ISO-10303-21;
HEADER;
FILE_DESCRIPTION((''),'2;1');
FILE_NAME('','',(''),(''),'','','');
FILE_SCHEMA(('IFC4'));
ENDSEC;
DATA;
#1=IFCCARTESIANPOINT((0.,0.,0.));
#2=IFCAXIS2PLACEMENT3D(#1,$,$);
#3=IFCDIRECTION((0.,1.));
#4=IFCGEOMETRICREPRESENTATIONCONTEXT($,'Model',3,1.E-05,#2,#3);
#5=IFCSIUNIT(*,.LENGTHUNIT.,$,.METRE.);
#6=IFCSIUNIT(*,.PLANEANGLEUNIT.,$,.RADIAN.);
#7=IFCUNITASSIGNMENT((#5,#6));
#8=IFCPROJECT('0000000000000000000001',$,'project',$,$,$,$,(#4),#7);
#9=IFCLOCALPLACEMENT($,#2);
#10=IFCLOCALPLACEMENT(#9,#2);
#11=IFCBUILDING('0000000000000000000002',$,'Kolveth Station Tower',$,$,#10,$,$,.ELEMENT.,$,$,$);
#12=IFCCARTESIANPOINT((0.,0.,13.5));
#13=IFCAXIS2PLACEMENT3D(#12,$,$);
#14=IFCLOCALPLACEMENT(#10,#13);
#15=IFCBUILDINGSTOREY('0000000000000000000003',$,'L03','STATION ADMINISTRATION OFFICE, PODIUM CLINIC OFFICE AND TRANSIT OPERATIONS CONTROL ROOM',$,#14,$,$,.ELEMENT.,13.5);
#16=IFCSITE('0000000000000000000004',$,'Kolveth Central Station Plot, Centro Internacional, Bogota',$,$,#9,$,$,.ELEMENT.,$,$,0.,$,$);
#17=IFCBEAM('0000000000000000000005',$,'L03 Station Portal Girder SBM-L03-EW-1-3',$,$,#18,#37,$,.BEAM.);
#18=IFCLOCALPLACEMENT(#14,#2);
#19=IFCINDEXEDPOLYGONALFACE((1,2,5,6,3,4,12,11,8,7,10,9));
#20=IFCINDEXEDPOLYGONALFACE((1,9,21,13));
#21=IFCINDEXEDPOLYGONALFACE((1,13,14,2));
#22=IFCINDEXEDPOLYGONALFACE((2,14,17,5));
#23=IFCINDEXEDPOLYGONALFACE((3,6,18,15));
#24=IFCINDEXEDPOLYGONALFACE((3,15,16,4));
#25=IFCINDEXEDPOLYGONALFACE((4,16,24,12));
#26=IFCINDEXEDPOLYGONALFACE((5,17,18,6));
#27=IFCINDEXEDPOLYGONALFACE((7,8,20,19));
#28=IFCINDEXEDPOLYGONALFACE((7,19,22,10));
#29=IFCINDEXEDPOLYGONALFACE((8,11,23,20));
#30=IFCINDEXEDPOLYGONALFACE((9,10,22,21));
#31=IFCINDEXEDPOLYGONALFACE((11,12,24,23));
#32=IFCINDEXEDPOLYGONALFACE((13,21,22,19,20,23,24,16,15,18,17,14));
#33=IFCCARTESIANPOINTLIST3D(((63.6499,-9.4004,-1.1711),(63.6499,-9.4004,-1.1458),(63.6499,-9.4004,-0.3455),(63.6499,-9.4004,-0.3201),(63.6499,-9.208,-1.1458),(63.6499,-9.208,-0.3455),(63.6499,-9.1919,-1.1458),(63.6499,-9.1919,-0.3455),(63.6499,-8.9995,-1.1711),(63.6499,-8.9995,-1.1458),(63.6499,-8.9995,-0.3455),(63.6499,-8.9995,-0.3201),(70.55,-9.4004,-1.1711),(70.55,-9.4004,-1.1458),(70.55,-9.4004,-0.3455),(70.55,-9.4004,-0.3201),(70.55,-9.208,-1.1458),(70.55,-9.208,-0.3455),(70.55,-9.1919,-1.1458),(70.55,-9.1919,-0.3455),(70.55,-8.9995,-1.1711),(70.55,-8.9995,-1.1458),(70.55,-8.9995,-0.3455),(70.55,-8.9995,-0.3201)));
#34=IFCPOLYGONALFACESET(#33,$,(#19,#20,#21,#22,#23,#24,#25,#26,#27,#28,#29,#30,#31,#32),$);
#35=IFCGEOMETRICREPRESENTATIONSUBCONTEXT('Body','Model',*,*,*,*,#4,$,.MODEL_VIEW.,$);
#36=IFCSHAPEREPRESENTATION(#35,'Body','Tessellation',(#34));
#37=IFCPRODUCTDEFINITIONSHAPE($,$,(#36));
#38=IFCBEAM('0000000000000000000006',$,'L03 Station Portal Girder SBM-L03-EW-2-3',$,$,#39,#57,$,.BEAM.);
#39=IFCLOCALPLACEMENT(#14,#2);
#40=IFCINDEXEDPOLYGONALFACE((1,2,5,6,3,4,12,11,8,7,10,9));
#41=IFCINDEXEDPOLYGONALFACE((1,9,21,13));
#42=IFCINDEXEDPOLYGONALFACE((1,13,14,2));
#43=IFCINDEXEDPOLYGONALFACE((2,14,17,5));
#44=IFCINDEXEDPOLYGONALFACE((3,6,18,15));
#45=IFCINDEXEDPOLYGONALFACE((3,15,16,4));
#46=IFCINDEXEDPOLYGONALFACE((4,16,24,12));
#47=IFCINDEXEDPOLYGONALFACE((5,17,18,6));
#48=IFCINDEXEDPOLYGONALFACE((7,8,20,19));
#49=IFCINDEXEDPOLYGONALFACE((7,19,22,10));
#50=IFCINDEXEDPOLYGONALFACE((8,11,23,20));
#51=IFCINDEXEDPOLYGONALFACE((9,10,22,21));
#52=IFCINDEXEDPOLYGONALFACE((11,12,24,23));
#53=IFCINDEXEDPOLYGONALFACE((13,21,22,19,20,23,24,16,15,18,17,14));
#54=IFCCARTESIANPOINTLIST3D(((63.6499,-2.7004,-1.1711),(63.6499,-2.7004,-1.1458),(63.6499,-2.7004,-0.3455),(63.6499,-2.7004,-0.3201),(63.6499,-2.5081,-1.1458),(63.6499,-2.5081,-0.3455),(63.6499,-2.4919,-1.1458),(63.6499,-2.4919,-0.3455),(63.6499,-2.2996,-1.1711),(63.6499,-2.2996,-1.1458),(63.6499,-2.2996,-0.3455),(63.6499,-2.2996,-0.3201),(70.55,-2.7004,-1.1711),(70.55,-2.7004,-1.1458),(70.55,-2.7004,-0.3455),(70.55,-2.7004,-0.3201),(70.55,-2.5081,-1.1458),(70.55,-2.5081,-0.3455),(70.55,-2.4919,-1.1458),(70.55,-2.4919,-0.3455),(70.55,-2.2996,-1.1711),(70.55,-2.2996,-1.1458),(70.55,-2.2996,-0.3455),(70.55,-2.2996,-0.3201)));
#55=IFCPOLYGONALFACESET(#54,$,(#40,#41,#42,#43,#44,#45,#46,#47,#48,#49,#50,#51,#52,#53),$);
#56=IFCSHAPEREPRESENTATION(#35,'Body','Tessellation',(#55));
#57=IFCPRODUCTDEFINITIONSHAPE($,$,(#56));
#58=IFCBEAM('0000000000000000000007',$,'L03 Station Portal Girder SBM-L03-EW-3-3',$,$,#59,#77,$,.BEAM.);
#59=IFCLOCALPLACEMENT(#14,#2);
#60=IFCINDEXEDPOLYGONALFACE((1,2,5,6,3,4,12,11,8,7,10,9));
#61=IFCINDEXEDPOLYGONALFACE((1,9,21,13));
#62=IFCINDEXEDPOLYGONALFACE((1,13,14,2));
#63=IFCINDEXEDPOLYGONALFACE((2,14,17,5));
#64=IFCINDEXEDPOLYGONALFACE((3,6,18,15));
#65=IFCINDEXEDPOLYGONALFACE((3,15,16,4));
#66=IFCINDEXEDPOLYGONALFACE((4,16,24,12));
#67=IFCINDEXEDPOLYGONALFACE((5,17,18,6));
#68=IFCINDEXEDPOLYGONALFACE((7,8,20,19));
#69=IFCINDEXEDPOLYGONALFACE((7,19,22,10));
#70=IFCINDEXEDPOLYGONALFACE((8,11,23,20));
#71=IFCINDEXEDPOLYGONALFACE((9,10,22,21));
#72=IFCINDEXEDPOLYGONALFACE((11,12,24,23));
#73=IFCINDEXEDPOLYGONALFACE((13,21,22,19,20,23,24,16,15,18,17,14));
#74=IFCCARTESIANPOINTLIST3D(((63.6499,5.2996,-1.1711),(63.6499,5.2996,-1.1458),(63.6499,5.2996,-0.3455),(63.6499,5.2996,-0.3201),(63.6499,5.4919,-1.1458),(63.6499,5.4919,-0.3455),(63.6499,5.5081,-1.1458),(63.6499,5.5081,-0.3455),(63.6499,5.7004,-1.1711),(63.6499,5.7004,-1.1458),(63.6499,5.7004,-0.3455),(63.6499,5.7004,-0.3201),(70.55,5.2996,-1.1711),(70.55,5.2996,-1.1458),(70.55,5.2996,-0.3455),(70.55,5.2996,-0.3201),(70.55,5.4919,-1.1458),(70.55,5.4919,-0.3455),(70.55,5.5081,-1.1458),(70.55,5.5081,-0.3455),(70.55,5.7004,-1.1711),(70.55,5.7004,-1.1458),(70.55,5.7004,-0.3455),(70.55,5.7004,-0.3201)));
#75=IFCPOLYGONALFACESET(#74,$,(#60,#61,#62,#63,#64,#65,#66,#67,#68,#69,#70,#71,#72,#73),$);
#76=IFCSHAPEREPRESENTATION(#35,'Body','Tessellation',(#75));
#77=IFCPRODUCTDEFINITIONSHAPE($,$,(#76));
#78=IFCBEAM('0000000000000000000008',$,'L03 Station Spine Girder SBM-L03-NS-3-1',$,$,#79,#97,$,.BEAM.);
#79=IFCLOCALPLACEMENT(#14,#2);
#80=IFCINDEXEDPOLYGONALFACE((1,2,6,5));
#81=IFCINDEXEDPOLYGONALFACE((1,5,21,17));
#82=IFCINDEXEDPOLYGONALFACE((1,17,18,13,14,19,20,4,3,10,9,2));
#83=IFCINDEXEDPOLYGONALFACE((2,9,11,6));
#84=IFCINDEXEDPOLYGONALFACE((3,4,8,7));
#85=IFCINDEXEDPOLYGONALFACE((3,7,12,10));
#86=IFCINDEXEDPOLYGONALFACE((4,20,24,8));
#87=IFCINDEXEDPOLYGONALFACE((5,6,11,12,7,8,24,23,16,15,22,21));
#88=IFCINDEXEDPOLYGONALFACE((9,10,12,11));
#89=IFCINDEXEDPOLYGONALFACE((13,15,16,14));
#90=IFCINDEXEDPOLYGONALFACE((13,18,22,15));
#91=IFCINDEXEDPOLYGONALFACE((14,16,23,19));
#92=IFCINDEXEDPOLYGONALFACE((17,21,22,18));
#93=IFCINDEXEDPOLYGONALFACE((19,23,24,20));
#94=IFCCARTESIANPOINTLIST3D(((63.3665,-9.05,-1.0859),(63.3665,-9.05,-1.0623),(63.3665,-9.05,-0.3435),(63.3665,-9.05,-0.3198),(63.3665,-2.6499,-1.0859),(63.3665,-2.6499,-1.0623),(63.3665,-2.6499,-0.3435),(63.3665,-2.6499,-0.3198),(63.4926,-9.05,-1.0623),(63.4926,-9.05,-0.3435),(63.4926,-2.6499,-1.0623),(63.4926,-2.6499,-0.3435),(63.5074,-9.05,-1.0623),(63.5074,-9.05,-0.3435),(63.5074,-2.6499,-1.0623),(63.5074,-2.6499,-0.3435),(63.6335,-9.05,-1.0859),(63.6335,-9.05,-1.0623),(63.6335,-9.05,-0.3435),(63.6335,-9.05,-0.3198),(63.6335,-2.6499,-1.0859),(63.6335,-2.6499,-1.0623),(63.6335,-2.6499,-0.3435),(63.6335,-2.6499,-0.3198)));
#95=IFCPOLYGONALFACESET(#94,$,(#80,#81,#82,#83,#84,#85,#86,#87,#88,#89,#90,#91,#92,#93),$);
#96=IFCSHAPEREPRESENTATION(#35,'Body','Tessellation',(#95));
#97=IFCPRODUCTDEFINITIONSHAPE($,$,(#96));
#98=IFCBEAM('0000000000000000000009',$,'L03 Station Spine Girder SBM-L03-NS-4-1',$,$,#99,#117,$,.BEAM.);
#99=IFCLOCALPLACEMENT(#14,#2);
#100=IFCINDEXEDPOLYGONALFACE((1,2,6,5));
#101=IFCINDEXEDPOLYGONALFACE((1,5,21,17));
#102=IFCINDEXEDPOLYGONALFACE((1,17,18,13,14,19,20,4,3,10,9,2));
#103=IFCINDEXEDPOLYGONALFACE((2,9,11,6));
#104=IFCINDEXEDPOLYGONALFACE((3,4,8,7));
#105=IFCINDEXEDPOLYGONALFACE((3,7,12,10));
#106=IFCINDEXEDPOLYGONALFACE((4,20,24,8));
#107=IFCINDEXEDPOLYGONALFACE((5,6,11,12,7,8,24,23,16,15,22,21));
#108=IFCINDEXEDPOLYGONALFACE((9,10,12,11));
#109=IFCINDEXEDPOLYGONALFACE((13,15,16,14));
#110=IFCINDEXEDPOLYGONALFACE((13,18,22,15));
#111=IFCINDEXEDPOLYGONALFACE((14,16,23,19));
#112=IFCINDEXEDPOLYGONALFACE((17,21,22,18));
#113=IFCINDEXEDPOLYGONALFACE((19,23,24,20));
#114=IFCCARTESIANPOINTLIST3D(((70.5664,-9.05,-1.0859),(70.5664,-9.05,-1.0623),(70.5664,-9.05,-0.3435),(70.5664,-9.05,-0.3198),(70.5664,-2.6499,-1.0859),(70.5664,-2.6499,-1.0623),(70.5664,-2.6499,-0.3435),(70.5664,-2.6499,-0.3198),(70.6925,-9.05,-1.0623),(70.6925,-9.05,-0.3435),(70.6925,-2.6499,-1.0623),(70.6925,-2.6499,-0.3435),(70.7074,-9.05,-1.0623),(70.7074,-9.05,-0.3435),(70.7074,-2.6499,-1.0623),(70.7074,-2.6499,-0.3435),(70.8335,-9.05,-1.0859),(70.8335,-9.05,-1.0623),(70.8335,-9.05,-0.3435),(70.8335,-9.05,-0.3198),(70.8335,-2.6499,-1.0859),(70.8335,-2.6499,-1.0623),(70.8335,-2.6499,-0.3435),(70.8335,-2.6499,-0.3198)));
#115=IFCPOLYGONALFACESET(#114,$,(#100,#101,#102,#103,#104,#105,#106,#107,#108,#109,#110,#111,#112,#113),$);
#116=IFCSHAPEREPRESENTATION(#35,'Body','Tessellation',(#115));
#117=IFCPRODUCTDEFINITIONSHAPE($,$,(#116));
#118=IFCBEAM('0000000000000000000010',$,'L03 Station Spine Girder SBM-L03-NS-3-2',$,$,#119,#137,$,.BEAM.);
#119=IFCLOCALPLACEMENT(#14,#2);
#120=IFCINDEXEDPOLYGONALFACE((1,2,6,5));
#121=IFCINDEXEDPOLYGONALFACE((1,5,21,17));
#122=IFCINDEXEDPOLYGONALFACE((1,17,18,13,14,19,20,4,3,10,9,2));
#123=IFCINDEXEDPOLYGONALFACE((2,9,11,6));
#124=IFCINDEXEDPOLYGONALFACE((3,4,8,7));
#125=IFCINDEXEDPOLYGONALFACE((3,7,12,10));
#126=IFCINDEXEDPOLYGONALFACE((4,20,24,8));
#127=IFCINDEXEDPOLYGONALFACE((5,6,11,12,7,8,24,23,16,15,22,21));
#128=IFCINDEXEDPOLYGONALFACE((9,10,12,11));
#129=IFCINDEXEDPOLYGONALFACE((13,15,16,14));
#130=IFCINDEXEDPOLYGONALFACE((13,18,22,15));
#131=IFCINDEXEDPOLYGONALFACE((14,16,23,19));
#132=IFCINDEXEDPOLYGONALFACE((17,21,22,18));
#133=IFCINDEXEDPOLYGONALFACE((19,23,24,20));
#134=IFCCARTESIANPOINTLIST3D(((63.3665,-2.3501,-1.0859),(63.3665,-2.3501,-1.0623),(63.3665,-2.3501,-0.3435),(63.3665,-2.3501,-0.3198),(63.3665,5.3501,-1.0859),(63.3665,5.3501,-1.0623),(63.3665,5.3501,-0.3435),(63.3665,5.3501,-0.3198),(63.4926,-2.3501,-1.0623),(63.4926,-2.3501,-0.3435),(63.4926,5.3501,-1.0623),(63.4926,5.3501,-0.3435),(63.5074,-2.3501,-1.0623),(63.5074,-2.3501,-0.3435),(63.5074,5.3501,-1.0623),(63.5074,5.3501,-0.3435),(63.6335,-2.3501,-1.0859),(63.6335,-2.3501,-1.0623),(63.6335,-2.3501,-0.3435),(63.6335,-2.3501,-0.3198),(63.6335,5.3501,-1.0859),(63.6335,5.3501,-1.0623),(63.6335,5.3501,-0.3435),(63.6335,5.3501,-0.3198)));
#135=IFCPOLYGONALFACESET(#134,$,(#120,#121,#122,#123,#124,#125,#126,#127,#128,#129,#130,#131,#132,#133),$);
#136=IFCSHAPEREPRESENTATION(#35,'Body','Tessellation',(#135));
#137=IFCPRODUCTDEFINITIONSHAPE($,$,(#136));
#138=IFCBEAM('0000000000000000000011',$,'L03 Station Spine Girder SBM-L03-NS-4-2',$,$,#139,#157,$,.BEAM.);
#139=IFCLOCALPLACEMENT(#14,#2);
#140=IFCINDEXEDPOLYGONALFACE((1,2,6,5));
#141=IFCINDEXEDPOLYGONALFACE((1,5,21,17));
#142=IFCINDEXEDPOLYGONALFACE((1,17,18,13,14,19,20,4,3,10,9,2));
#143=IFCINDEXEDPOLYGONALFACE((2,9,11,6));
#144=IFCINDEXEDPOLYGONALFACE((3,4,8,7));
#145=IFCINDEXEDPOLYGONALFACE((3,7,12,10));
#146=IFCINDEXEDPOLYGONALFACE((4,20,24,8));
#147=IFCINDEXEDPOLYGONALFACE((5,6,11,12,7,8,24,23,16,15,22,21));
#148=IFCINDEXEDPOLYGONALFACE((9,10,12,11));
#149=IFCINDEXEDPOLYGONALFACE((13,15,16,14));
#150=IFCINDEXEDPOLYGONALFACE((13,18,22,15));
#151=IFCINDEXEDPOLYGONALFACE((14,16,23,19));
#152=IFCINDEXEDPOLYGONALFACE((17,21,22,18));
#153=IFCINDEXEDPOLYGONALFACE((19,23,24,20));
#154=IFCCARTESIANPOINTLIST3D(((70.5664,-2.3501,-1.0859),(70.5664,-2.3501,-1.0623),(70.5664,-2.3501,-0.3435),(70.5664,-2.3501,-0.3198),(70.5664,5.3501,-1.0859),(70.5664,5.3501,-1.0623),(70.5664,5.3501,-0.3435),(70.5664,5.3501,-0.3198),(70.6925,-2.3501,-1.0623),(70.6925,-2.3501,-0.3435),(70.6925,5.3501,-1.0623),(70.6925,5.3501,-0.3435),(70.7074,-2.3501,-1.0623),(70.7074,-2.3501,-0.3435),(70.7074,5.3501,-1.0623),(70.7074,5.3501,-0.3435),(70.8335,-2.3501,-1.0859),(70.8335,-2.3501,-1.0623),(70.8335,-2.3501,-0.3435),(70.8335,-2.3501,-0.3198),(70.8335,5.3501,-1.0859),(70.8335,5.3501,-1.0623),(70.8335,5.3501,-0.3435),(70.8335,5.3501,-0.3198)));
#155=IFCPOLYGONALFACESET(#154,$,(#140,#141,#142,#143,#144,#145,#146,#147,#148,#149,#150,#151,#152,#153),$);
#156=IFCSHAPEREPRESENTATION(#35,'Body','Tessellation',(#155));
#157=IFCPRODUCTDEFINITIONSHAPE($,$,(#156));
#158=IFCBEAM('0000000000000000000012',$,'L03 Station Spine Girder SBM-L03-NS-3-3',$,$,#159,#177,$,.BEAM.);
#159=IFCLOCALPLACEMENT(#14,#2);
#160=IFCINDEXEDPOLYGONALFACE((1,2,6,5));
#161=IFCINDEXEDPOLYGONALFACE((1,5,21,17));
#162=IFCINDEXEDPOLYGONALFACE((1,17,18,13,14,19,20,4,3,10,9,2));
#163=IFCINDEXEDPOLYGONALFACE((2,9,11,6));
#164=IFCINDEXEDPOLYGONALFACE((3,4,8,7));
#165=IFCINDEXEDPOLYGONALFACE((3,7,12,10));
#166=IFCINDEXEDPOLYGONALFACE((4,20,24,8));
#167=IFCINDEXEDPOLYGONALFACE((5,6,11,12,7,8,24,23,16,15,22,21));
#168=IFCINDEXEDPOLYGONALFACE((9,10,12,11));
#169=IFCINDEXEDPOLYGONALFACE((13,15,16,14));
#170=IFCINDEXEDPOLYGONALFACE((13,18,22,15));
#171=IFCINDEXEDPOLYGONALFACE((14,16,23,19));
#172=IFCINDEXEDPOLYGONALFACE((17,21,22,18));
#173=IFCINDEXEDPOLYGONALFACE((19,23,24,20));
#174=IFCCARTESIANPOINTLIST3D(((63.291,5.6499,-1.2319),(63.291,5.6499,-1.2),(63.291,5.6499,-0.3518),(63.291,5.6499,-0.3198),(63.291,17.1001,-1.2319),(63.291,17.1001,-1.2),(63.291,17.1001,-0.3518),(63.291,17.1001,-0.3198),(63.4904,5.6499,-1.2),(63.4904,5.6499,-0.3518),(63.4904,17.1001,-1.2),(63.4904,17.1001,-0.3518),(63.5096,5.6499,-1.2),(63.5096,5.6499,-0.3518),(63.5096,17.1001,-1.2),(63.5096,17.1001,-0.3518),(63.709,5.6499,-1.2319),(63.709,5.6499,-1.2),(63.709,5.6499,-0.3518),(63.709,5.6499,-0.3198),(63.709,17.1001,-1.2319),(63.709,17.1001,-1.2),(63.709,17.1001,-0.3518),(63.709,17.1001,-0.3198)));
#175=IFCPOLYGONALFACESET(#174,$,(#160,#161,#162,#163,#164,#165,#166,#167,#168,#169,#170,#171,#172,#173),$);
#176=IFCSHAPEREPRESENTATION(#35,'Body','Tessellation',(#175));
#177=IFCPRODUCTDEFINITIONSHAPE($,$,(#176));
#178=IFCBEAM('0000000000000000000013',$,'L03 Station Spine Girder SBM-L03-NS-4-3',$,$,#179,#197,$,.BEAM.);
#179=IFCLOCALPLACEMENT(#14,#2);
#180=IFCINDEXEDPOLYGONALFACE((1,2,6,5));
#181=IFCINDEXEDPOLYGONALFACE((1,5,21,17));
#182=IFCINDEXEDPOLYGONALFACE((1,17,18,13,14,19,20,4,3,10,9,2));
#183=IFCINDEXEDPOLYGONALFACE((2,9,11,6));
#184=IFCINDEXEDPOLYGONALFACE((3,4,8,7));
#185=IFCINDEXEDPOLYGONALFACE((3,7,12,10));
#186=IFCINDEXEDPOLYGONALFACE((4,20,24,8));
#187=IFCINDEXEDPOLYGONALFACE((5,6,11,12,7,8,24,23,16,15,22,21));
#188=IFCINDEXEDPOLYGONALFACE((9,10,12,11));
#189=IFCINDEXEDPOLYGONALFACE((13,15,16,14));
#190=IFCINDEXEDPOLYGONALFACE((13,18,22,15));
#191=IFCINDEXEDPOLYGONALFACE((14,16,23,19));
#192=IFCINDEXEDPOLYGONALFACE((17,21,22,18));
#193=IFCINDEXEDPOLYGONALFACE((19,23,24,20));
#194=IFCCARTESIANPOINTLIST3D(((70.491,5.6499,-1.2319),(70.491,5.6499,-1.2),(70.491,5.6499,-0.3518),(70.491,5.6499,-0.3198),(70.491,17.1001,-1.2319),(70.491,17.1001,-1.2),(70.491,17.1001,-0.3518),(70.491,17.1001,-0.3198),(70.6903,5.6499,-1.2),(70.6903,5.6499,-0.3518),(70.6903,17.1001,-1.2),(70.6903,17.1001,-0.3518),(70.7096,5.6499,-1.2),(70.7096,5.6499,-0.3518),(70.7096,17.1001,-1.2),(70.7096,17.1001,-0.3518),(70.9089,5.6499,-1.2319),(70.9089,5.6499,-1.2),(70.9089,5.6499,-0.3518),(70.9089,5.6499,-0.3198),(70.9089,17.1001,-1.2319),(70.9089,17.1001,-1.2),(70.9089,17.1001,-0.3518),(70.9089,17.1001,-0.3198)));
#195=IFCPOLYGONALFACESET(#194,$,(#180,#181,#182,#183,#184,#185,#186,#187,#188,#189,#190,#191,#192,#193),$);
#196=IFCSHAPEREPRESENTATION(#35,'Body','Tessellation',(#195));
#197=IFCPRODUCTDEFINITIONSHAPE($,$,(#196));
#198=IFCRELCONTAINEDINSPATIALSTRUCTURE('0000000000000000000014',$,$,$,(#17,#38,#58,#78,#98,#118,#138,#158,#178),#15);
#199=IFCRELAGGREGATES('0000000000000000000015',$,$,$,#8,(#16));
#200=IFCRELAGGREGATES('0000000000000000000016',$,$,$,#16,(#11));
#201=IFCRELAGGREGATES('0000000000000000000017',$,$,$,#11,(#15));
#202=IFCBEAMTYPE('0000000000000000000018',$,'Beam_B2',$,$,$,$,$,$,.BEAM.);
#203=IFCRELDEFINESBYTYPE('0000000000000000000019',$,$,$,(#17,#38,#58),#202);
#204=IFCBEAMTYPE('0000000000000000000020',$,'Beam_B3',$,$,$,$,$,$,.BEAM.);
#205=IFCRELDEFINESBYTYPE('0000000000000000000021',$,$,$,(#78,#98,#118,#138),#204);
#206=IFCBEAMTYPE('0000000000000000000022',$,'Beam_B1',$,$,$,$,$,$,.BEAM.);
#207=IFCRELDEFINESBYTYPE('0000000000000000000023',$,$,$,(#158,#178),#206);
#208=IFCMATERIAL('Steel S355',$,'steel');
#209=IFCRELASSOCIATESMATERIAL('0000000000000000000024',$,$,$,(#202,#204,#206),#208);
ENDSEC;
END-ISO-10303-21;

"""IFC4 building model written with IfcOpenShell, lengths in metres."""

from ifc_helpers import new_model, si_unit, direction, frame, origin, origin_2d, place, context, subcontext, project, spatial, i_section, extrude, source, transform, mapped, material, material_profile, profile_set, type_object, element, save


model = new_model("IFC4")

# Units and contexts
model_context = context("Model", 3, precision=1e-05, world=origin(), true_north=direction((0.0, 1.0)))
body_context = subcontext(model_context, "Body", "Model", "MODEL_VIEW")
ifc_project = project(units=[si_unit("LENGTHUNIT", "METRE"), si_unit("PLANEANGLEUNIT", "RADIAN")], contexts=[model_context])

# Site, building, storey
site_placement = place(None, origin())
site = spatial("IfcSite", under=ifc_project, at=site_placement, Name="Kolveth Central Station Plot, Centro Internacional, Bogota", CompositionType="ELEMENT", RefElevation=0.0)
building_placement = place(site_placement, origin())
building = spatial("IfcBuilding", under=site, at=building_placement, Name="Kolveth Station Tower", CompositionType="ELEMENT")
storey_placement = place(building_placement, frame((0.0, 0.0, 13.5)))
storey = spatial("IfcBuildingStorey", under=building, at=storey_placement, Name="L03", Description="STATION ADMINISTRATION OFFICE, PODIUM CLINIC OFFICE AND TRANSIT OPERATIONS CONTROL ROOM", CompositionType="ELEMENT", Elevation=13.5)

# Shared definitions
ifc_material_1 = material(Name="Steel S355", Category="steel")

# Beams
ifc_material_profile_1 = material_profile(ifc_material_1, i_section(OverallWidth=0.4009, OverallDepth=0.8511, WebThickness=0.0161, FlangeThickness=0.0254, at=origin_2d()), Name="W840x226")
ifc_profile_set_1 = profile_set([ifc_material_profile_1], Name="Steel S355")
beam_type_1 = type_object("IfcBeamType", Name="Beam_B2", PredefinedType="BEAM", material=ifc_profile_set_1)
shared_shape_1 = source(origin(), body_context, "Body", "SweptSolid", [
    extrude(i_section(OverallWidth=0.4009, OverallDepth=0.8511, WebThickness=0.0161, FlangeThickness=0.0254, at=origin_2d()), origin(), (0.0, 0.0, 1.0), 6.9001),
])
for number, where, z_axis, x_axis, name in (
    (1, (63.6499, -9.2, -0.7456), (1.0, 0.0, 0.0), (0.0, 1.0, 0.0), "L03 Station Portal Girder SBM-L03-EW-1-3"),
    (2, (63.6499, -2.5, -0.7456), (1.0, 0.0, 0.0), (0.0, 1.0, 0.0), "L03 Station Portal Girder SBM-L03-EW-2-3"),
    (3, (63.6499, 5.5, -0.7456), (1.0, 0.0, 0.0), (0.0, 1.0, 0.0), "L03 Station Portal Girder SBM-L03-EW-3-3"),
):
    element("IfcBeam", number, at=place(storey_placement, frame(where, z_axis=z_axis, x_axis=x_axis)), inside=storey, type_object=beam_type_1, Name=name, PredefinedType="BEAM", context=body_context, shape_type="MappedRepresentation", body=[
        mapped(shared_shape_1, transform((0.0, 0.0, 0.0), x_axis=(1.0, 0.0, 0.0), y_axis=(0.0, 1.0, 0.0), z_axis=(0.0, 0.0, 1.0), scale=1.0)),
    ])
ifc_material_profile_2 = material_profile(ifc_material_1, i_section(OverallWidth=0.2671, OverallDepth=0.7661, WebThickness=0.0149, FlangeThickness=0.0237, at=origin_2d()), Name="W760x185")
ifc_profile_set_2 = profile_set([ifc_material_profile_2], Name="Steel S355")
beam_type_2 = type_object("IfcBeamType", Name="Beam_B3", PredefinedType="BEAM", material=ifc_profile_set_2)
shared_shape_2 = source(origin(), body_context, "Body", "SweptSolid", [
    extrude(i_section(OverallWidth=0.2671, OverallDepth=0.7661, WebThickness=0.0149, FlangeThickness=0.0237, at=origin_2d()), origin(), (0.0, 0.0, 1.0), 6.4001),
])
for number, where, z_axis, x_axis, name in (
    (4, (63.5, -9.05, -0.7029), (0.0, 1.0, 0.0), (-1.0, 0.0, 0.0), "L03 Station Spine Girder SBM-L03-NS-3-1"),
    (5, (70.7, -9.05, -0.7029), (0.0, 1.0, 0.0), (-1.0, 0.0, 0.0), "L03 Station Spine Girder SBM-L03-NS-4-1"),
):
    element("IfcBeam", number, at=place(storey_placement, frame(where, z_axis=z_axis, x_axis=x_axis)), inside=storey, type_object=beam_type_2, Name=name, PredefinedType="BEAM", context=body_context, shape_type="MappedRepresentation", body=[
        mapped(shared_shape_2, transform((0.0, 0.0, 0.0), x_axis=(1.0, 0.0, 0.0), y_axis=(0.0, 1.0, 0.0), z_axis=(0.0, 0.0, 1.0), scale=1.0)),
    ])
shared_shape_3 = source(origin(), body_context, "Body", "SweptSolid", [
    extrude(i_section(OverallWidth=0.2671, OverallDepth=0.7661, WebThickness=0.0149, FlangeThickness=0.0237, at=origin_2d()), origin(), (0.0, 0.0, 1.0), 7.7002),
])
for number, where, z_axis, x_axis, name in (
    (6, (63.5, -2.3501, -0.7029), (0.0, 1.0, 0.0), (-1.0, 0.0, 0.0), "L03 Station Spine Girder SBM-L03-NS-3-2"),
    (7, (70.7, -2.3501, -0.7029), (0.0, 1.0, 0.0), (-1.0, 0.0, 0.0), "L03 Station Spine Girder SBM-L03-NS-4-2"),
):
    element("IfcBeam", number, at=place(storey_placement, frame(where, z_axis=z_axis, x_axis=x_axis)), inside=storey, type_object=beam_type_2, Name=name, PredefinedType="BEAM", context=body_context, shape_type="MappedRepresentation", body=[
        mapped(shared_shape_3, transform((0.0, 0.0, 0.0), x_axis=(1.0, 0.0, 0.0), y_axis=(0.0, 1.0, 0.0), z_axis=(0.0, 0.0, 1.0), scale=1.0)),
    ])
ifc_material_profile_3 = material_profile(ifc_material_1, i_section(OverallWidth=0.418, OverallDepth=0.9121, WebThickness=0.0193, FlangeThickness=0.032, at=origin_2d()), Name="W920x342")
ifc_profile_set_3 = profile_set([ifc_material_profile_3], Name="Steel S355")
beam_type_3 = type_object("IfcBeamType", Name="Beam_B1", PredefinedType="BEAM", material=ifc_profile_set_3)
shared_shape_4 = source(origin(), body_context, "Body", "SweptSolid", [
    extrude(i_section(OverallWidth=0.418, OverallDepth=0.9121, WebThickness=0.0193, FlangeThickness=0.032, at=origin_2d()), origin(), (0.0, 0.0, 1.0), 11.4502),
])
for number, where, z_axis, x_axis, name in (
    (8, (63.5, 5.6499, -0.7759), (0.0, 1.0, 0.0), (-1.0, 0.0, 0.0), "L03 Station Spine Girder SBM-L03-NS-3-3"),
    (9, (70.7, 5.6499, -0.7759), (0.0, 1.0, 0.0), (-1.0, 0.0, 0.0), "L03 Station Spine Girder SBM-L03-NS-4-3"),
):
    element("IfcBeam", number, at=place(storey_placement, frame(where, z_axis=z_axis, x_axis=x_axis)), inside=storey, type_object=beam_type_3, Name=name, PredefinedType="BEAM", context=body_context, shape_type="MappedRepresentation", body=[
        mapped(shared_shape_4, transform((0.0, 0.0, 0.0), x_axis=(1.0, 0.0, 0.0), y_axis=(0.0, 1.0, 0.0), z_axis=(0.0, 0.0, 1.0), scale=1.0)),
    ])

save(model, "model.ifc")
